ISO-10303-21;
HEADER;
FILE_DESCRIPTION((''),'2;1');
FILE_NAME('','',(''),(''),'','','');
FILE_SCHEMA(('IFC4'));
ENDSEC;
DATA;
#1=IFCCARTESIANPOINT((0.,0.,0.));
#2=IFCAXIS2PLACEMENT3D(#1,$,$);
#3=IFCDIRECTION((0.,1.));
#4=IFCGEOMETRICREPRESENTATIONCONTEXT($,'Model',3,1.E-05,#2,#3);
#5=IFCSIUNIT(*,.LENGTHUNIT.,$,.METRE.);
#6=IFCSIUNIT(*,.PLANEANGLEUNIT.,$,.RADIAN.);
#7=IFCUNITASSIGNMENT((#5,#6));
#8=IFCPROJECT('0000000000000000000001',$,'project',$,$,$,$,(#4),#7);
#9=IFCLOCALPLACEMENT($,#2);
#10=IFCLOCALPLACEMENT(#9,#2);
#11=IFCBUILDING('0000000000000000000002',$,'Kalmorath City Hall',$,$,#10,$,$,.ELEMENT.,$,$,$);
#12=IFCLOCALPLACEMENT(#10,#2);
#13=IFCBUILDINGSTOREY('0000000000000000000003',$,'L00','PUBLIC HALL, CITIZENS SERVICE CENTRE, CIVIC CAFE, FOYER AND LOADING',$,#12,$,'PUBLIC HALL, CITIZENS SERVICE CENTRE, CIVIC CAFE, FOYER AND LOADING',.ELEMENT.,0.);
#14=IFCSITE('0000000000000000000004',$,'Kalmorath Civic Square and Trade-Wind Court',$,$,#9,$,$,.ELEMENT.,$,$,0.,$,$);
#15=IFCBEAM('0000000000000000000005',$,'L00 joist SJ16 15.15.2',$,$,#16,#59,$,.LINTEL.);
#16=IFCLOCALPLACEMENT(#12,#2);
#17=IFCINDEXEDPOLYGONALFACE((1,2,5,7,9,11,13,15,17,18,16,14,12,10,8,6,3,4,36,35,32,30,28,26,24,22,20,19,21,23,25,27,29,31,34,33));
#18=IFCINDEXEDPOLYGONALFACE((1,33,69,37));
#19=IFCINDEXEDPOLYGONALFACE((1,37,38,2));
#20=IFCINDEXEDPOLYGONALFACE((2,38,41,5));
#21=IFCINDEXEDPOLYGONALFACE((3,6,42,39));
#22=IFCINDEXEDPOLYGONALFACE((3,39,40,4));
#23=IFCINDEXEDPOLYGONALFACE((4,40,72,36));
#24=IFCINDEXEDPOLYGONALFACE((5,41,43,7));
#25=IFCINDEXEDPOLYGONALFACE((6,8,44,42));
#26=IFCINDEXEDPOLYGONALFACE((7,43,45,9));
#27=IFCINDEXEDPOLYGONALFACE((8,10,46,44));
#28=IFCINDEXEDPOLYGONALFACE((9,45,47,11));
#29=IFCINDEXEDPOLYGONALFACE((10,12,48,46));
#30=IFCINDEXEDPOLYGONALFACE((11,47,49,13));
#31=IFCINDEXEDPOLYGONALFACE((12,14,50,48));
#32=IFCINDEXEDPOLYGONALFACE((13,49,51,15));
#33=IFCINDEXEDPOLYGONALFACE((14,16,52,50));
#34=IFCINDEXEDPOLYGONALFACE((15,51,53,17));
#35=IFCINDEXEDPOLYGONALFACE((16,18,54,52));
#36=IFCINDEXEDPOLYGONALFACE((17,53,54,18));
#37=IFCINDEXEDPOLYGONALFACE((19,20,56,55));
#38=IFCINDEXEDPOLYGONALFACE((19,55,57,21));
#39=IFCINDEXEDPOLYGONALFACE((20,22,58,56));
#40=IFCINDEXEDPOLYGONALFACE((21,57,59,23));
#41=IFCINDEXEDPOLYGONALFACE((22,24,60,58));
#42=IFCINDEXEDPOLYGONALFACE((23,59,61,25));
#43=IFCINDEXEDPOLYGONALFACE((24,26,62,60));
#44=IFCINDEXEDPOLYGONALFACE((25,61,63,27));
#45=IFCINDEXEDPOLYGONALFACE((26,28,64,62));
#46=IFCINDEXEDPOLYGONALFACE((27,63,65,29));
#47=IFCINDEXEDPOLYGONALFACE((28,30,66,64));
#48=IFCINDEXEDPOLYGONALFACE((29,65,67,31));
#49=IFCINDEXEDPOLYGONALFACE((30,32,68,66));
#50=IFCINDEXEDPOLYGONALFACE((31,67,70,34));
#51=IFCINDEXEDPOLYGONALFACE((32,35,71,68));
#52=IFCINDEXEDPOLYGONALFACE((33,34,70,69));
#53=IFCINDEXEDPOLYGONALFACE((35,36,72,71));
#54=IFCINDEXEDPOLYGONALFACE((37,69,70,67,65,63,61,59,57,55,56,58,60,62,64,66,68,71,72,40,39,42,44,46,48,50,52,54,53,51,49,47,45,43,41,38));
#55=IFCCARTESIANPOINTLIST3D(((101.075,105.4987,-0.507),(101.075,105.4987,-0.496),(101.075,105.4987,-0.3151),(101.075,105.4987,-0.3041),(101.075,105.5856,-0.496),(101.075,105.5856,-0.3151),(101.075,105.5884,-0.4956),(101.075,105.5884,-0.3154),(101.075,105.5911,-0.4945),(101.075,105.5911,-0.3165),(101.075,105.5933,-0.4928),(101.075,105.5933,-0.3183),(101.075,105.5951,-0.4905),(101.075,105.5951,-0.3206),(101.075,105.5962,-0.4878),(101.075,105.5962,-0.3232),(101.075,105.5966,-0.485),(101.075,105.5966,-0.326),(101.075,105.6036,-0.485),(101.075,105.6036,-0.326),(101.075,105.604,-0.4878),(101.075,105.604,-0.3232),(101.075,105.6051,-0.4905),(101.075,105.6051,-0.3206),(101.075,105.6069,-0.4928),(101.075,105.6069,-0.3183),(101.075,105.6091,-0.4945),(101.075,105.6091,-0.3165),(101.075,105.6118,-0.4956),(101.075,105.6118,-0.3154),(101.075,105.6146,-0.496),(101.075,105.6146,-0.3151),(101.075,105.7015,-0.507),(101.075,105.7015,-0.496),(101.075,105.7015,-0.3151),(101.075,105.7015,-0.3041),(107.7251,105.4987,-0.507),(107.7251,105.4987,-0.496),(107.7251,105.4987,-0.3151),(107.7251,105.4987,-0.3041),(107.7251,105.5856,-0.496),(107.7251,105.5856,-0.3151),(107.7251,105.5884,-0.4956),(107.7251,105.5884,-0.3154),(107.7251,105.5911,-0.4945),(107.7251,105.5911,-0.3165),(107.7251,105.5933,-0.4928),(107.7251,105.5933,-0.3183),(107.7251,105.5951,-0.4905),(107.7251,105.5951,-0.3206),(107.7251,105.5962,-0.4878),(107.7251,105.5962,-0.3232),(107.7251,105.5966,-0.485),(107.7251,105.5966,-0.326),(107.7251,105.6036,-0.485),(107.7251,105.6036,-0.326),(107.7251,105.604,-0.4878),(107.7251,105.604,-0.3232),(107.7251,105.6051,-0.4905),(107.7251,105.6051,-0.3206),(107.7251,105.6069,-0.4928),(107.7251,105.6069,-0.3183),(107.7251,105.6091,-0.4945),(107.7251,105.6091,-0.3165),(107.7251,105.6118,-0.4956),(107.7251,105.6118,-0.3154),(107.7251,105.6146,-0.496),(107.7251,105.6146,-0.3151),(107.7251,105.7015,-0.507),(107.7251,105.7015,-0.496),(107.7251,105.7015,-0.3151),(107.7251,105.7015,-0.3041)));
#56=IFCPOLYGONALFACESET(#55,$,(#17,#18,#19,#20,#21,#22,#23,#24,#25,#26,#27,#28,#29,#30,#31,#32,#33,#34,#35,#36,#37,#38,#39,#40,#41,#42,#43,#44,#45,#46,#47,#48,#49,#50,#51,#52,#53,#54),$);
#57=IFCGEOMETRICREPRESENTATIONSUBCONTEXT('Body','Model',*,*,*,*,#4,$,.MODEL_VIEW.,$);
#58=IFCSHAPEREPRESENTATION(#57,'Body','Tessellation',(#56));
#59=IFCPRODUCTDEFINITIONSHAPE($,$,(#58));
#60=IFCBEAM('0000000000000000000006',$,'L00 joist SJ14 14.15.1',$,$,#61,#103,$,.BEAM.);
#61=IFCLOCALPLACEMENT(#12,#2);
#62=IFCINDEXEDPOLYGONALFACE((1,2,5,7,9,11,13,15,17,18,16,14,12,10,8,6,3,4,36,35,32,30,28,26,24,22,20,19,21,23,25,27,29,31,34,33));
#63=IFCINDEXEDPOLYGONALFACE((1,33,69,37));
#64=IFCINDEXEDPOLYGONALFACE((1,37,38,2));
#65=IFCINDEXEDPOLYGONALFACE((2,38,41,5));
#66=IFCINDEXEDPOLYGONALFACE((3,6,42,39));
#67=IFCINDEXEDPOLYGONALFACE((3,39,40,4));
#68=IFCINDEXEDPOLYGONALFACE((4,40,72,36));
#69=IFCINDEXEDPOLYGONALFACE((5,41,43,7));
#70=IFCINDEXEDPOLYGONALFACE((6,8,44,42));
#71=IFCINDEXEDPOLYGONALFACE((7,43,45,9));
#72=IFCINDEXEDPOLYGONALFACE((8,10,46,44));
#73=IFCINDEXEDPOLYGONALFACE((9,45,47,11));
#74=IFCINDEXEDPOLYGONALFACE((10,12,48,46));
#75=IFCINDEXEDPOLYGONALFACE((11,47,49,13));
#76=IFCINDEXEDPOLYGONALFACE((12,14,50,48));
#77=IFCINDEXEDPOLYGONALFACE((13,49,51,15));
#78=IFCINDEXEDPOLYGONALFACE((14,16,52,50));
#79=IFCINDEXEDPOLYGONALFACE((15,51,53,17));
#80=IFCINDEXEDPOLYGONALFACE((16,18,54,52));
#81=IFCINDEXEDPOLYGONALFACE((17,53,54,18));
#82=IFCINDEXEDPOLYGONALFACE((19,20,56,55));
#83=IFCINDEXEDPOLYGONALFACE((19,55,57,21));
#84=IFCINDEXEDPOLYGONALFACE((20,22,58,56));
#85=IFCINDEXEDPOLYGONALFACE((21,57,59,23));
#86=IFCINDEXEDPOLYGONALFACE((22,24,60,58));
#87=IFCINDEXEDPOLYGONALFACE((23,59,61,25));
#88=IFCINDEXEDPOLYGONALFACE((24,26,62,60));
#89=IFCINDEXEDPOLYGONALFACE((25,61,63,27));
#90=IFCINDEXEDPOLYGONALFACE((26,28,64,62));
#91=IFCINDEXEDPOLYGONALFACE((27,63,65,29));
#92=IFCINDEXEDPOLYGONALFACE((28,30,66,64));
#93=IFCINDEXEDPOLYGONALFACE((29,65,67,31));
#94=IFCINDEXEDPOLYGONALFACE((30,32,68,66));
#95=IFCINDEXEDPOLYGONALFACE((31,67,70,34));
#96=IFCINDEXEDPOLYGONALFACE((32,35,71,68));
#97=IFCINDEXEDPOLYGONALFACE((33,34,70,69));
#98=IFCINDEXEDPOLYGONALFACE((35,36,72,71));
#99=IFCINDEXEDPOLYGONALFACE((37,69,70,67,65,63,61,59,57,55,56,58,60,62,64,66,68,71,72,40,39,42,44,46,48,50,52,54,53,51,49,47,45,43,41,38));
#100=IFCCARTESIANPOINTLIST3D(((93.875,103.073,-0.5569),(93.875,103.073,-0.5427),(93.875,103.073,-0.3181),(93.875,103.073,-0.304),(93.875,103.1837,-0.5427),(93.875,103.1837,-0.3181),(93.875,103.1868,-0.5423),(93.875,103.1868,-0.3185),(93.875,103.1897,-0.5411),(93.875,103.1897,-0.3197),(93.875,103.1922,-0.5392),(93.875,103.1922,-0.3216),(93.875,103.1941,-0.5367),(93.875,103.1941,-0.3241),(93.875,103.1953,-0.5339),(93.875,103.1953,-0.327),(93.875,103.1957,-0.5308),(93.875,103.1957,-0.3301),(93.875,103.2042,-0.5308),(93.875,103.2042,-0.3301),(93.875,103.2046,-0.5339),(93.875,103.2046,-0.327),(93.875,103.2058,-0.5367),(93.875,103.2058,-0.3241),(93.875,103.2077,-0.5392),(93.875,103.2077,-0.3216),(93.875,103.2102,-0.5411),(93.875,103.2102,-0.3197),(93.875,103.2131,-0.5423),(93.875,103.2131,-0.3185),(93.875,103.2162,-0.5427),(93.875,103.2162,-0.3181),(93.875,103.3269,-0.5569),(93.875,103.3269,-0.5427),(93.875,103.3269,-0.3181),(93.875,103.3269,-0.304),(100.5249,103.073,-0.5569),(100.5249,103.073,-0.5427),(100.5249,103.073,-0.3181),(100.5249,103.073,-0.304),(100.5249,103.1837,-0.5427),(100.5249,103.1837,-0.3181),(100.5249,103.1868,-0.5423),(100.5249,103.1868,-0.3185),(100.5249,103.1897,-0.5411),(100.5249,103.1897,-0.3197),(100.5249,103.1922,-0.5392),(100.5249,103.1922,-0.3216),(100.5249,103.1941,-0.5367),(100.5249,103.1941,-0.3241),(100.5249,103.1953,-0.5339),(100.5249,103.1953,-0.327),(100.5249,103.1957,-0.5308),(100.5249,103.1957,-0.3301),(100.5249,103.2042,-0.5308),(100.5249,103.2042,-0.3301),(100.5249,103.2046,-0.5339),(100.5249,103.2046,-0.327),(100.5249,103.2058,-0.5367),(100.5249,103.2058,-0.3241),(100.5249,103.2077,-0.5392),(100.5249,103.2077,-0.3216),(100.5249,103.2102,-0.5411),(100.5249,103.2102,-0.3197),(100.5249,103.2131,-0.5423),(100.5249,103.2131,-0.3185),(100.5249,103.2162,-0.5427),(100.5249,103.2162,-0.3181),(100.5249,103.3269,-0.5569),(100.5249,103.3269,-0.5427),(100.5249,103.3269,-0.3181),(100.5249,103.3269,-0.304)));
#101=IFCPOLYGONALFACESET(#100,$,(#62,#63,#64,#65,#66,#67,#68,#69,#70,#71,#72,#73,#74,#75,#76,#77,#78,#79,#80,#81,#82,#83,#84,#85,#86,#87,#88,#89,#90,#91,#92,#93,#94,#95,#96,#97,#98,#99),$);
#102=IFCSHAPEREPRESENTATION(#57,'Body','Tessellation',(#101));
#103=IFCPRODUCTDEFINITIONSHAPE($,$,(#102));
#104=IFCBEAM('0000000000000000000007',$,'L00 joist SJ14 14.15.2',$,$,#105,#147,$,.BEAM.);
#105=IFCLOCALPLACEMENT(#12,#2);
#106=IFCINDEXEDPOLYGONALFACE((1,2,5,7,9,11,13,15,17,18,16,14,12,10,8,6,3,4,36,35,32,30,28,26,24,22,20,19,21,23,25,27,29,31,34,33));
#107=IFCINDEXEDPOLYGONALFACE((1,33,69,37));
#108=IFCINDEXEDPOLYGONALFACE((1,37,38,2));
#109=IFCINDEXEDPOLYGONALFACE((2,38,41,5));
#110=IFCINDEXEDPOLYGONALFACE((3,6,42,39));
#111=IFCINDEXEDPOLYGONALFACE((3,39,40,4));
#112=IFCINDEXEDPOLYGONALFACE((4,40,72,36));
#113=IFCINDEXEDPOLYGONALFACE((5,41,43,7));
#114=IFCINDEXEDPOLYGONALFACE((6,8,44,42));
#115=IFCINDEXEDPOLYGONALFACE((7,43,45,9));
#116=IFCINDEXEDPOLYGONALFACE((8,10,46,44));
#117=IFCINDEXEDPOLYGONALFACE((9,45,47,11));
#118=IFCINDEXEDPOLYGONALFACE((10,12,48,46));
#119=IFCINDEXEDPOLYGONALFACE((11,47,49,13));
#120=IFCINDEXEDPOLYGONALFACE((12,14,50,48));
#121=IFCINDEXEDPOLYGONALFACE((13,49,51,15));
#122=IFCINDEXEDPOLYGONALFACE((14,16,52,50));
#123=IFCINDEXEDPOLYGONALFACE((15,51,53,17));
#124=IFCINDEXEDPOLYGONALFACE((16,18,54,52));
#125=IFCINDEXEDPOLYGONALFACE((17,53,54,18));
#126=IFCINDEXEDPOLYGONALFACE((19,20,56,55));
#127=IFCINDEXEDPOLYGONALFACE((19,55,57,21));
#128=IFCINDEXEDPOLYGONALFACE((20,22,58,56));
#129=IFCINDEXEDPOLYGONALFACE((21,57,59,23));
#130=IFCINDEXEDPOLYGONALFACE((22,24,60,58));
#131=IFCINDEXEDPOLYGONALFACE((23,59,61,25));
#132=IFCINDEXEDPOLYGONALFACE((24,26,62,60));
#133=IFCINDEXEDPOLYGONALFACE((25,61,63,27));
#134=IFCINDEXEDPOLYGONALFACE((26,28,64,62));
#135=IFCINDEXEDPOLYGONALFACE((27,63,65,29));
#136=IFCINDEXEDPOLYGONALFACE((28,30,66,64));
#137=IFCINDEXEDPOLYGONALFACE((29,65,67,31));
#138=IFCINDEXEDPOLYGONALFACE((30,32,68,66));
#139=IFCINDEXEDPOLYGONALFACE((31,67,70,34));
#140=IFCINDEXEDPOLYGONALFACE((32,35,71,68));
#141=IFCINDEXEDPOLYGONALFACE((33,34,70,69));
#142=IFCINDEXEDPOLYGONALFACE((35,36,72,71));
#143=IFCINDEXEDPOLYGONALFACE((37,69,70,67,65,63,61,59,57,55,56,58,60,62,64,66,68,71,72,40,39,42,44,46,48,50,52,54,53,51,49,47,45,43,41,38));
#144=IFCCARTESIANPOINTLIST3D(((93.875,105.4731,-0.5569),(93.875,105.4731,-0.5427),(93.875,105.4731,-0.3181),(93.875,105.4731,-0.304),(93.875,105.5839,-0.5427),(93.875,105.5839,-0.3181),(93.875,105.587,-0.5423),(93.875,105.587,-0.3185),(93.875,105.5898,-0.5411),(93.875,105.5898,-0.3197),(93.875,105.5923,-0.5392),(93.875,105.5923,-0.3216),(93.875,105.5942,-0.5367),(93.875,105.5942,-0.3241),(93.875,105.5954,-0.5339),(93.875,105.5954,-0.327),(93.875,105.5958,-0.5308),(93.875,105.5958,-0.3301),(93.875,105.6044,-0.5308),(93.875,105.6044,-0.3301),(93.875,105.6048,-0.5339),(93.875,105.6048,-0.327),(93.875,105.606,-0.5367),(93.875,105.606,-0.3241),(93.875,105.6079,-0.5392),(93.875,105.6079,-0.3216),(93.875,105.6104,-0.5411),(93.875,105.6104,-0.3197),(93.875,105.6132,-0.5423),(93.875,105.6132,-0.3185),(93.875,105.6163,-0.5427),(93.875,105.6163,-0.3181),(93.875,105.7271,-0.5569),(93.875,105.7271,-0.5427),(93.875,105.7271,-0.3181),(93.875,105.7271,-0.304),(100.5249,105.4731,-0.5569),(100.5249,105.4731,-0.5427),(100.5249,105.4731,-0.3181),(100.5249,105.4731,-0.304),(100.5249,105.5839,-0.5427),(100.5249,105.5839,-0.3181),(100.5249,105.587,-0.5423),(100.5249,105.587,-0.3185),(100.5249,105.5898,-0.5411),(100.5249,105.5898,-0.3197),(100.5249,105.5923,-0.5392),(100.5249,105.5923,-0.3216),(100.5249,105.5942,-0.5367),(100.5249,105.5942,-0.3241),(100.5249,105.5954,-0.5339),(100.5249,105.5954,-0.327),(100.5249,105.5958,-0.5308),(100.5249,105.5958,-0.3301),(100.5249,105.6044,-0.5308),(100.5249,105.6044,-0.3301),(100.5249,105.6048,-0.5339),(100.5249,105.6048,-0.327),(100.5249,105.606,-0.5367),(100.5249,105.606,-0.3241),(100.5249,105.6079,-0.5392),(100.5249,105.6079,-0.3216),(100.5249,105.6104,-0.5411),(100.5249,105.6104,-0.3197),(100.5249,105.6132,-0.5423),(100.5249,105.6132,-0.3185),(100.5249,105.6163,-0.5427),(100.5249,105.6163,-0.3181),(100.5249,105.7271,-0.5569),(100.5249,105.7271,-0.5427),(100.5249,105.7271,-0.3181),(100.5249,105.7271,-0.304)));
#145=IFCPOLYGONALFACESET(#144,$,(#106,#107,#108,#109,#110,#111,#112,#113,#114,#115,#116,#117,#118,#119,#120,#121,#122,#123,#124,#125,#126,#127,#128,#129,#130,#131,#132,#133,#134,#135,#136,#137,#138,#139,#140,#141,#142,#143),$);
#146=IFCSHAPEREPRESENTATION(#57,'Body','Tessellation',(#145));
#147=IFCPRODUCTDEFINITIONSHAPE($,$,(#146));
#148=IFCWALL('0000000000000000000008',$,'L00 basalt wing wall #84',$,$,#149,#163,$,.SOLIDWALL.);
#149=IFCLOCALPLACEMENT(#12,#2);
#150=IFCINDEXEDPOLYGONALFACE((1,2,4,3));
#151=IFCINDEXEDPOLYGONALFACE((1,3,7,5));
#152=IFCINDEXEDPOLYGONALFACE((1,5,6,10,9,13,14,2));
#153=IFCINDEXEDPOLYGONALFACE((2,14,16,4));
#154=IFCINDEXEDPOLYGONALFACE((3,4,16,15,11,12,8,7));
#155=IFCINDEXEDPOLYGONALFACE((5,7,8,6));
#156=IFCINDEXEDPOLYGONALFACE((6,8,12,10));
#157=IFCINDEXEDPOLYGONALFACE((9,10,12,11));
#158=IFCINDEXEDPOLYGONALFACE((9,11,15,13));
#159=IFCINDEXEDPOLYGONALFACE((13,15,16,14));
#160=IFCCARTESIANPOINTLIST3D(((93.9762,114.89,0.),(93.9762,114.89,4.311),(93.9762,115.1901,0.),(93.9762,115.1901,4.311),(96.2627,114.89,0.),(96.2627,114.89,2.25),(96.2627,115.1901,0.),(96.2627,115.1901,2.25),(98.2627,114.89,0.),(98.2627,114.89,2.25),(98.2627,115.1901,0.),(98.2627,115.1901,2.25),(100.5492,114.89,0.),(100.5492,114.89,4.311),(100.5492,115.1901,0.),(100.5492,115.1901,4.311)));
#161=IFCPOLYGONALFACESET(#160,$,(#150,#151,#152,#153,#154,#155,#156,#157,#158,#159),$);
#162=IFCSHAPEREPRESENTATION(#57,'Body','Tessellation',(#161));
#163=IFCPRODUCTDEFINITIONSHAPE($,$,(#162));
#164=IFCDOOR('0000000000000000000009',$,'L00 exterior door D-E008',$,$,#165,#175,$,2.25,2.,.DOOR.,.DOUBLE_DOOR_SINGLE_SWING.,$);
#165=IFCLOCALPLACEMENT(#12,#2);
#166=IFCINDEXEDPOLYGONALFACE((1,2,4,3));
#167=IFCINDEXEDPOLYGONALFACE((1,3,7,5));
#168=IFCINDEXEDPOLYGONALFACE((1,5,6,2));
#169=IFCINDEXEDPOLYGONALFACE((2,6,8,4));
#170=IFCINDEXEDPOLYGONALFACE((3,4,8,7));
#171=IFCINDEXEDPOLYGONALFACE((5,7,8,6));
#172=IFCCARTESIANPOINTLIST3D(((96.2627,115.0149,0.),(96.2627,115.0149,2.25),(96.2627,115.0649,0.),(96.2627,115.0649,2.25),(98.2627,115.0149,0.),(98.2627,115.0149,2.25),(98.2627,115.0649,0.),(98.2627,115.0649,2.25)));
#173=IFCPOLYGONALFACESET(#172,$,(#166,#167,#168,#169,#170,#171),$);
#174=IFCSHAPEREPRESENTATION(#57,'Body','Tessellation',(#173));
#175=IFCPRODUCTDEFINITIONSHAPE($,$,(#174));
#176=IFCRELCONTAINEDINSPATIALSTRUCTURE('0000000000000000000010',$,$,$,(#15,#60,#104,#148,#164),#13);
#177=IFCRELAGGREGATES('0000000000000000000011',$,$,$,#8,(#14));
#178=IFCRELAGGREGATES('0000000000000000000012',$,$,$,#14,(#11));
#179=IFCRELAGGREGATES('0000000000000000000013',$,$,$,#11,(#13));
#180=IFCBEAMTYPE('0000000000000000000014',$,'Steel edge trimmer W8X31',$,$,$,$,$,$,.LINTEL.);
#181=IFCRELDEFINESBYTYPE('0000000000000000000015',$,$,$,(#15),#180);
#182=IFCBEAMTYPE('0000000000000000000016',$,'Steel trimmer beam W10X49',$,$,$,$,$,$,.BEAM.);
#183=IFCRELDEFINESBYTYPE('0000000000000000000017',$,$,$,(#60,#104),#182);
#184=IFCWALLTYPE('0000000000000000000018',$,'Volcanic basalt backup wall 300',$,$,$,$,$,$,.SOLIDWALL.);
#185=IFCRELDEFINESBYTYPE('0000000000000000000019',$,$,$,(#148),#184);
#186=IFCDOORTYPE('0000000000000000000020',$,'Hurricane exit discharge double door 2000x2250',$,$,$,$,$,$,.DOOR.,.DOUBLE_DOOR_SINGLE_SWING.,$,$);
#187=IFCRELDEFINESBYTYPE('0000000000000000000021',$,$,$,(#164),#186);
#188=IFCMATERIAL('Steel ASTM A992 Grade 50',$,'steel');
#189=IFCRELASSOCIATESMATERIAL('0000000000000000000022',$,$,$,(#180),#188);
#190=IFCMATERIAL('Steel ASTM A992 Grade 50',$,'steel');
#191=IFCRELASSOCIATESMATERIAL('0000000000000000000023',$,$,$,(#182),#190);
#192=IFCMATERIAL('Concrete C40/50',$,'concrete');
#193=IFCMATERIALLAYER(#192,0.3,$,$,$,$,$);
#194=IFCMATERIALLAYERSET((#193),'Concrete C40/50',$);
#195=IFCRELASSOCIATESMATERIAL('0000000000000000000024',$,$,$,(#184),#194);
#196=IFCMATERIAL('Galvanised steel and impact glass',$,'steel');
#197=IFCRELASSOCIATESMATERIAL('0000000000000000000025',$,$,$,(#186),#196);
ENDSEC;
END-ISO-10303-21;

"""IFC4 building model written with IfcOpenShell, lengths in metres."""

from ifc_helpers import new_model, si_unit, direction, frame, frame_2d, origin, origin_2d, place, context, subcontext, project, spatial, rectangle, i_section, extrude, material, layer, layer_set, material_profile, profile_set, type_object, element, fill, save


model = new_model("IFC4")

# Units and contexts
model_context = context("Model", 3, precision=1e-05, world=origin(), true_north=direction((0.0, 1.0)))
body_context = subcontext(model_context, "Body", "Model", "MODEL_VIEW")
ifc_project = project(units=[si_unit("LENGTHUNIT", "METRE"), si_unit("PLANEANGLEUNIT", "RADIAN")], contexts=[model_context])

# Site, building, storey
site_placement = place(None, origin())
site = spatial("IfcSite", under=ifc_project, at=site_placement, Name="Kalmorath Civic Square and Trade-Wind Court", CompositionType="ELEMENT", RefElevation=0.0)
building_placement = place(site_placement, origin())
building = spatial("IfcBuilding", under=site, at=building_placement, Name="Kalmorath City Hall", CompositionType="ELEMENT")
storey_placement = place(building_placement, origin())
storey = spatial("IfcBuildingStorey", under=building, at=storey_placement, Name="L00", Description="PUBLIC HALL, CITIZENS SERVICE CENTRE, CIVIC CAFE, FOYER AND LOADING", LongName="PUBLIC HALL, CITIZENS SERVICE CENTRE, CIVIC CAFE, FOYER AND LOADING", CompositionType="ELEMENT", Elevation=0.0)

# Beams
ifc_material_1 = material(Name="Steel ASTM A992 Grade 50", Category="steel")
ifc_material_profile_1 = material_profile(ifc_material_1, i_section(OverallWidth=0.2029, OverallDepth=0.2029, WebThickness=0.0071, FlangeThickness=0.011, FilletRadius=0.011, at=origin_2d()), Name="W8X31")
ifc_profile_set_1 = profile_set([ifc_material_profile_1], Name="Steel ASTM A992 Grade 50")
beam_type_1 = type_object("IfcBeamType", Name="Steel edge trimmer W8X31", PredefinedType="LINTEL", material=ifc_profile_set_1)
for number, where, z_axis, x_axis, name in (
    (1, (101.075, 105.6001, -0.4055), (1.0, 0.0, 0.0), (0.0, 1.0, 0.0), "L00 joist SJ16 15.15.2"),
):
    element("IfcBeam", number, at=place(storey_placement, frame(where, z_axis=z_axis, x_axis=x_axis)), inside=storey, type_object=beam_type_1, Name=name, PredefinedType="LINTEL", context=body_context, shape_type="SweptSolid", body=[
        extrude(i_section(OverallWidth=0.2029, OverallDepth=0.2029, WebThickness=0.0071, FlangeThickness=0.011, FilletRadius=0.011, at=origin_2d()), origin(), (0.0, 0.0, 1.0), 6.6501),
    ])
ifc_material_2 = material(Name="Steel ASTM A992 Grade 50", Category="steel")
ifc_material_profile_2 = material_profile(ifc_material_2, i_section(OverallWidth=0.2539, OverallDepth=0.2529, WebThickness=0.0085, FlangeThickness=0.0142, FilletRadius=0.012, at=origin_2d()), Name="W10X49")
ifc_profile_set_2 = profile_set([ifc_material_profile_2], Name="Steel ASTM A992 Grade 50")
beam_type_2 = type_object("IfcBeamType", Name="Steel trimmer beam W10X49", PredefinedType="BEAM", material=ifc_profile_set_2)
for number, where, z_axis, x_axis, name in (
    (2, (93.875, 103.2, -0.4304), (1.0, 0.0, 0.0), (0.0, 1.0, 0.0), "L00 joist SJ14 14.15.1"),
    (3, (93.875, 105.6001, -0.4304), (1.0, 0.0, 0.0), (0.0, 1.0, 0.0), "L00 joist SJ14 14.15.2"),
):
    element("IfcBeam", number, at=place(storey_placement, frame(where, z_axis=z_axis, x_axis=x_axis)), inside=storey, type_object=beam_type_2, Name=name, PredefinedType="BEAM", context=body_context, shape_type="SweptSolid", body=[
        extrude(i_section(OverallWidth=0.2539, OverallDepth=0.2529, WebThickness=0.0085, FlangeThickness=0.0142, FilletRadius=0.012, at=origin_2d()), origin(), (0.0, 0.0, 1.0), 6.6499),
    ])

# Wall, opening, door
ifc_material_3 = material(Name="Concrete C40/50", Category="concrete")
ifc_layer_1 = layer(ifc_material_3, 0.3)
ifc_layer_set_1 = layer_set([ifc_layer_1], Name="Concrete C40/50")
wall_type = type_object("IfcWallType", Name="Volcanic basalt backup wall 300", PredefinedType="SOLIDWALL", material=ifc_layer_set_1)
wall_1_placement = place(storey_placement, frame((93.9761, 115.04, 0.0), z_axis=(0.0, 0.0, 1.0), x_axis=(1.0, 0.0, 0.0)))
wall_1 = element("IfcWall", 4, at=wall_1_placement, inside=storey, type_object=wall_type, Name="L00 basalt wing wall #84", PredefinedType="SOLIDWALL", context=body_context, shape_type="SweptSolid", body=[
    extrude(rectangle(XDim=6.573, YDim=0.3, at=frame_2d((3.2866, 0.0))), origin(), (0.0, 0.0, 1.0), 4.311),
])
opening_1_placement = place(wall_1_placement, frame((2.2866, 0.0, 0.0)))
opening_1 = element("IfcOpeningElement", 5, at=opening_1_placement, cuts=wall_1, PredefinedType="OPENING", context=body_context, shape_type="SweptSolid", body=[
    extrude(rectangle(XDim=2.0, YDim=2.25, at=frame_2d((1.0, 1.125))), frame((0.0, 0.1599, 0.0), z_axis=(0.0, -1.0, 0.0), x_axis=(1.0, 0.0, 0.0)), (0.0, 0.0, 1.0), 0.3201),
])
ifc_material_4 = material(Name="Galvanised steel and impact glass", Category="steel")
door_type = type_object("IfcDoorType", Name="Hurricane exit discharge double door 2000x2250", OperationType="DOUBLE_DOOR_SINGLE_SWING", PredefinedType="DOOR", material=ifc_material_4)
door_placement = place(opening_1_placement, origin())
door = element("IfcDoor", 6, at=door_placement, inside=storey, type_object=door_type, Name="L00 exterior door D-E008", OperationType="DOUBLE_DOOR_SINGLE_SWING", OverallHeight=2.25, OverallWidth=2.0, PredefinedType="DOOR", context=body_context, shape_type="SweptSolid", body=[
    extrude(rectangle(XDim=2.0, YDim=2.25, at=frame_2d((1.0, 1.125))), frame((0.0, 0.0249, 0.0), z_axis=(0.0, -1.0, 0.0), x_axis=(1.0, 0.0, 0.0)), (0.0, 0.0, 1.0), 0.05),
])
fill(opening_1, door)

save(model, "model.ifc")
